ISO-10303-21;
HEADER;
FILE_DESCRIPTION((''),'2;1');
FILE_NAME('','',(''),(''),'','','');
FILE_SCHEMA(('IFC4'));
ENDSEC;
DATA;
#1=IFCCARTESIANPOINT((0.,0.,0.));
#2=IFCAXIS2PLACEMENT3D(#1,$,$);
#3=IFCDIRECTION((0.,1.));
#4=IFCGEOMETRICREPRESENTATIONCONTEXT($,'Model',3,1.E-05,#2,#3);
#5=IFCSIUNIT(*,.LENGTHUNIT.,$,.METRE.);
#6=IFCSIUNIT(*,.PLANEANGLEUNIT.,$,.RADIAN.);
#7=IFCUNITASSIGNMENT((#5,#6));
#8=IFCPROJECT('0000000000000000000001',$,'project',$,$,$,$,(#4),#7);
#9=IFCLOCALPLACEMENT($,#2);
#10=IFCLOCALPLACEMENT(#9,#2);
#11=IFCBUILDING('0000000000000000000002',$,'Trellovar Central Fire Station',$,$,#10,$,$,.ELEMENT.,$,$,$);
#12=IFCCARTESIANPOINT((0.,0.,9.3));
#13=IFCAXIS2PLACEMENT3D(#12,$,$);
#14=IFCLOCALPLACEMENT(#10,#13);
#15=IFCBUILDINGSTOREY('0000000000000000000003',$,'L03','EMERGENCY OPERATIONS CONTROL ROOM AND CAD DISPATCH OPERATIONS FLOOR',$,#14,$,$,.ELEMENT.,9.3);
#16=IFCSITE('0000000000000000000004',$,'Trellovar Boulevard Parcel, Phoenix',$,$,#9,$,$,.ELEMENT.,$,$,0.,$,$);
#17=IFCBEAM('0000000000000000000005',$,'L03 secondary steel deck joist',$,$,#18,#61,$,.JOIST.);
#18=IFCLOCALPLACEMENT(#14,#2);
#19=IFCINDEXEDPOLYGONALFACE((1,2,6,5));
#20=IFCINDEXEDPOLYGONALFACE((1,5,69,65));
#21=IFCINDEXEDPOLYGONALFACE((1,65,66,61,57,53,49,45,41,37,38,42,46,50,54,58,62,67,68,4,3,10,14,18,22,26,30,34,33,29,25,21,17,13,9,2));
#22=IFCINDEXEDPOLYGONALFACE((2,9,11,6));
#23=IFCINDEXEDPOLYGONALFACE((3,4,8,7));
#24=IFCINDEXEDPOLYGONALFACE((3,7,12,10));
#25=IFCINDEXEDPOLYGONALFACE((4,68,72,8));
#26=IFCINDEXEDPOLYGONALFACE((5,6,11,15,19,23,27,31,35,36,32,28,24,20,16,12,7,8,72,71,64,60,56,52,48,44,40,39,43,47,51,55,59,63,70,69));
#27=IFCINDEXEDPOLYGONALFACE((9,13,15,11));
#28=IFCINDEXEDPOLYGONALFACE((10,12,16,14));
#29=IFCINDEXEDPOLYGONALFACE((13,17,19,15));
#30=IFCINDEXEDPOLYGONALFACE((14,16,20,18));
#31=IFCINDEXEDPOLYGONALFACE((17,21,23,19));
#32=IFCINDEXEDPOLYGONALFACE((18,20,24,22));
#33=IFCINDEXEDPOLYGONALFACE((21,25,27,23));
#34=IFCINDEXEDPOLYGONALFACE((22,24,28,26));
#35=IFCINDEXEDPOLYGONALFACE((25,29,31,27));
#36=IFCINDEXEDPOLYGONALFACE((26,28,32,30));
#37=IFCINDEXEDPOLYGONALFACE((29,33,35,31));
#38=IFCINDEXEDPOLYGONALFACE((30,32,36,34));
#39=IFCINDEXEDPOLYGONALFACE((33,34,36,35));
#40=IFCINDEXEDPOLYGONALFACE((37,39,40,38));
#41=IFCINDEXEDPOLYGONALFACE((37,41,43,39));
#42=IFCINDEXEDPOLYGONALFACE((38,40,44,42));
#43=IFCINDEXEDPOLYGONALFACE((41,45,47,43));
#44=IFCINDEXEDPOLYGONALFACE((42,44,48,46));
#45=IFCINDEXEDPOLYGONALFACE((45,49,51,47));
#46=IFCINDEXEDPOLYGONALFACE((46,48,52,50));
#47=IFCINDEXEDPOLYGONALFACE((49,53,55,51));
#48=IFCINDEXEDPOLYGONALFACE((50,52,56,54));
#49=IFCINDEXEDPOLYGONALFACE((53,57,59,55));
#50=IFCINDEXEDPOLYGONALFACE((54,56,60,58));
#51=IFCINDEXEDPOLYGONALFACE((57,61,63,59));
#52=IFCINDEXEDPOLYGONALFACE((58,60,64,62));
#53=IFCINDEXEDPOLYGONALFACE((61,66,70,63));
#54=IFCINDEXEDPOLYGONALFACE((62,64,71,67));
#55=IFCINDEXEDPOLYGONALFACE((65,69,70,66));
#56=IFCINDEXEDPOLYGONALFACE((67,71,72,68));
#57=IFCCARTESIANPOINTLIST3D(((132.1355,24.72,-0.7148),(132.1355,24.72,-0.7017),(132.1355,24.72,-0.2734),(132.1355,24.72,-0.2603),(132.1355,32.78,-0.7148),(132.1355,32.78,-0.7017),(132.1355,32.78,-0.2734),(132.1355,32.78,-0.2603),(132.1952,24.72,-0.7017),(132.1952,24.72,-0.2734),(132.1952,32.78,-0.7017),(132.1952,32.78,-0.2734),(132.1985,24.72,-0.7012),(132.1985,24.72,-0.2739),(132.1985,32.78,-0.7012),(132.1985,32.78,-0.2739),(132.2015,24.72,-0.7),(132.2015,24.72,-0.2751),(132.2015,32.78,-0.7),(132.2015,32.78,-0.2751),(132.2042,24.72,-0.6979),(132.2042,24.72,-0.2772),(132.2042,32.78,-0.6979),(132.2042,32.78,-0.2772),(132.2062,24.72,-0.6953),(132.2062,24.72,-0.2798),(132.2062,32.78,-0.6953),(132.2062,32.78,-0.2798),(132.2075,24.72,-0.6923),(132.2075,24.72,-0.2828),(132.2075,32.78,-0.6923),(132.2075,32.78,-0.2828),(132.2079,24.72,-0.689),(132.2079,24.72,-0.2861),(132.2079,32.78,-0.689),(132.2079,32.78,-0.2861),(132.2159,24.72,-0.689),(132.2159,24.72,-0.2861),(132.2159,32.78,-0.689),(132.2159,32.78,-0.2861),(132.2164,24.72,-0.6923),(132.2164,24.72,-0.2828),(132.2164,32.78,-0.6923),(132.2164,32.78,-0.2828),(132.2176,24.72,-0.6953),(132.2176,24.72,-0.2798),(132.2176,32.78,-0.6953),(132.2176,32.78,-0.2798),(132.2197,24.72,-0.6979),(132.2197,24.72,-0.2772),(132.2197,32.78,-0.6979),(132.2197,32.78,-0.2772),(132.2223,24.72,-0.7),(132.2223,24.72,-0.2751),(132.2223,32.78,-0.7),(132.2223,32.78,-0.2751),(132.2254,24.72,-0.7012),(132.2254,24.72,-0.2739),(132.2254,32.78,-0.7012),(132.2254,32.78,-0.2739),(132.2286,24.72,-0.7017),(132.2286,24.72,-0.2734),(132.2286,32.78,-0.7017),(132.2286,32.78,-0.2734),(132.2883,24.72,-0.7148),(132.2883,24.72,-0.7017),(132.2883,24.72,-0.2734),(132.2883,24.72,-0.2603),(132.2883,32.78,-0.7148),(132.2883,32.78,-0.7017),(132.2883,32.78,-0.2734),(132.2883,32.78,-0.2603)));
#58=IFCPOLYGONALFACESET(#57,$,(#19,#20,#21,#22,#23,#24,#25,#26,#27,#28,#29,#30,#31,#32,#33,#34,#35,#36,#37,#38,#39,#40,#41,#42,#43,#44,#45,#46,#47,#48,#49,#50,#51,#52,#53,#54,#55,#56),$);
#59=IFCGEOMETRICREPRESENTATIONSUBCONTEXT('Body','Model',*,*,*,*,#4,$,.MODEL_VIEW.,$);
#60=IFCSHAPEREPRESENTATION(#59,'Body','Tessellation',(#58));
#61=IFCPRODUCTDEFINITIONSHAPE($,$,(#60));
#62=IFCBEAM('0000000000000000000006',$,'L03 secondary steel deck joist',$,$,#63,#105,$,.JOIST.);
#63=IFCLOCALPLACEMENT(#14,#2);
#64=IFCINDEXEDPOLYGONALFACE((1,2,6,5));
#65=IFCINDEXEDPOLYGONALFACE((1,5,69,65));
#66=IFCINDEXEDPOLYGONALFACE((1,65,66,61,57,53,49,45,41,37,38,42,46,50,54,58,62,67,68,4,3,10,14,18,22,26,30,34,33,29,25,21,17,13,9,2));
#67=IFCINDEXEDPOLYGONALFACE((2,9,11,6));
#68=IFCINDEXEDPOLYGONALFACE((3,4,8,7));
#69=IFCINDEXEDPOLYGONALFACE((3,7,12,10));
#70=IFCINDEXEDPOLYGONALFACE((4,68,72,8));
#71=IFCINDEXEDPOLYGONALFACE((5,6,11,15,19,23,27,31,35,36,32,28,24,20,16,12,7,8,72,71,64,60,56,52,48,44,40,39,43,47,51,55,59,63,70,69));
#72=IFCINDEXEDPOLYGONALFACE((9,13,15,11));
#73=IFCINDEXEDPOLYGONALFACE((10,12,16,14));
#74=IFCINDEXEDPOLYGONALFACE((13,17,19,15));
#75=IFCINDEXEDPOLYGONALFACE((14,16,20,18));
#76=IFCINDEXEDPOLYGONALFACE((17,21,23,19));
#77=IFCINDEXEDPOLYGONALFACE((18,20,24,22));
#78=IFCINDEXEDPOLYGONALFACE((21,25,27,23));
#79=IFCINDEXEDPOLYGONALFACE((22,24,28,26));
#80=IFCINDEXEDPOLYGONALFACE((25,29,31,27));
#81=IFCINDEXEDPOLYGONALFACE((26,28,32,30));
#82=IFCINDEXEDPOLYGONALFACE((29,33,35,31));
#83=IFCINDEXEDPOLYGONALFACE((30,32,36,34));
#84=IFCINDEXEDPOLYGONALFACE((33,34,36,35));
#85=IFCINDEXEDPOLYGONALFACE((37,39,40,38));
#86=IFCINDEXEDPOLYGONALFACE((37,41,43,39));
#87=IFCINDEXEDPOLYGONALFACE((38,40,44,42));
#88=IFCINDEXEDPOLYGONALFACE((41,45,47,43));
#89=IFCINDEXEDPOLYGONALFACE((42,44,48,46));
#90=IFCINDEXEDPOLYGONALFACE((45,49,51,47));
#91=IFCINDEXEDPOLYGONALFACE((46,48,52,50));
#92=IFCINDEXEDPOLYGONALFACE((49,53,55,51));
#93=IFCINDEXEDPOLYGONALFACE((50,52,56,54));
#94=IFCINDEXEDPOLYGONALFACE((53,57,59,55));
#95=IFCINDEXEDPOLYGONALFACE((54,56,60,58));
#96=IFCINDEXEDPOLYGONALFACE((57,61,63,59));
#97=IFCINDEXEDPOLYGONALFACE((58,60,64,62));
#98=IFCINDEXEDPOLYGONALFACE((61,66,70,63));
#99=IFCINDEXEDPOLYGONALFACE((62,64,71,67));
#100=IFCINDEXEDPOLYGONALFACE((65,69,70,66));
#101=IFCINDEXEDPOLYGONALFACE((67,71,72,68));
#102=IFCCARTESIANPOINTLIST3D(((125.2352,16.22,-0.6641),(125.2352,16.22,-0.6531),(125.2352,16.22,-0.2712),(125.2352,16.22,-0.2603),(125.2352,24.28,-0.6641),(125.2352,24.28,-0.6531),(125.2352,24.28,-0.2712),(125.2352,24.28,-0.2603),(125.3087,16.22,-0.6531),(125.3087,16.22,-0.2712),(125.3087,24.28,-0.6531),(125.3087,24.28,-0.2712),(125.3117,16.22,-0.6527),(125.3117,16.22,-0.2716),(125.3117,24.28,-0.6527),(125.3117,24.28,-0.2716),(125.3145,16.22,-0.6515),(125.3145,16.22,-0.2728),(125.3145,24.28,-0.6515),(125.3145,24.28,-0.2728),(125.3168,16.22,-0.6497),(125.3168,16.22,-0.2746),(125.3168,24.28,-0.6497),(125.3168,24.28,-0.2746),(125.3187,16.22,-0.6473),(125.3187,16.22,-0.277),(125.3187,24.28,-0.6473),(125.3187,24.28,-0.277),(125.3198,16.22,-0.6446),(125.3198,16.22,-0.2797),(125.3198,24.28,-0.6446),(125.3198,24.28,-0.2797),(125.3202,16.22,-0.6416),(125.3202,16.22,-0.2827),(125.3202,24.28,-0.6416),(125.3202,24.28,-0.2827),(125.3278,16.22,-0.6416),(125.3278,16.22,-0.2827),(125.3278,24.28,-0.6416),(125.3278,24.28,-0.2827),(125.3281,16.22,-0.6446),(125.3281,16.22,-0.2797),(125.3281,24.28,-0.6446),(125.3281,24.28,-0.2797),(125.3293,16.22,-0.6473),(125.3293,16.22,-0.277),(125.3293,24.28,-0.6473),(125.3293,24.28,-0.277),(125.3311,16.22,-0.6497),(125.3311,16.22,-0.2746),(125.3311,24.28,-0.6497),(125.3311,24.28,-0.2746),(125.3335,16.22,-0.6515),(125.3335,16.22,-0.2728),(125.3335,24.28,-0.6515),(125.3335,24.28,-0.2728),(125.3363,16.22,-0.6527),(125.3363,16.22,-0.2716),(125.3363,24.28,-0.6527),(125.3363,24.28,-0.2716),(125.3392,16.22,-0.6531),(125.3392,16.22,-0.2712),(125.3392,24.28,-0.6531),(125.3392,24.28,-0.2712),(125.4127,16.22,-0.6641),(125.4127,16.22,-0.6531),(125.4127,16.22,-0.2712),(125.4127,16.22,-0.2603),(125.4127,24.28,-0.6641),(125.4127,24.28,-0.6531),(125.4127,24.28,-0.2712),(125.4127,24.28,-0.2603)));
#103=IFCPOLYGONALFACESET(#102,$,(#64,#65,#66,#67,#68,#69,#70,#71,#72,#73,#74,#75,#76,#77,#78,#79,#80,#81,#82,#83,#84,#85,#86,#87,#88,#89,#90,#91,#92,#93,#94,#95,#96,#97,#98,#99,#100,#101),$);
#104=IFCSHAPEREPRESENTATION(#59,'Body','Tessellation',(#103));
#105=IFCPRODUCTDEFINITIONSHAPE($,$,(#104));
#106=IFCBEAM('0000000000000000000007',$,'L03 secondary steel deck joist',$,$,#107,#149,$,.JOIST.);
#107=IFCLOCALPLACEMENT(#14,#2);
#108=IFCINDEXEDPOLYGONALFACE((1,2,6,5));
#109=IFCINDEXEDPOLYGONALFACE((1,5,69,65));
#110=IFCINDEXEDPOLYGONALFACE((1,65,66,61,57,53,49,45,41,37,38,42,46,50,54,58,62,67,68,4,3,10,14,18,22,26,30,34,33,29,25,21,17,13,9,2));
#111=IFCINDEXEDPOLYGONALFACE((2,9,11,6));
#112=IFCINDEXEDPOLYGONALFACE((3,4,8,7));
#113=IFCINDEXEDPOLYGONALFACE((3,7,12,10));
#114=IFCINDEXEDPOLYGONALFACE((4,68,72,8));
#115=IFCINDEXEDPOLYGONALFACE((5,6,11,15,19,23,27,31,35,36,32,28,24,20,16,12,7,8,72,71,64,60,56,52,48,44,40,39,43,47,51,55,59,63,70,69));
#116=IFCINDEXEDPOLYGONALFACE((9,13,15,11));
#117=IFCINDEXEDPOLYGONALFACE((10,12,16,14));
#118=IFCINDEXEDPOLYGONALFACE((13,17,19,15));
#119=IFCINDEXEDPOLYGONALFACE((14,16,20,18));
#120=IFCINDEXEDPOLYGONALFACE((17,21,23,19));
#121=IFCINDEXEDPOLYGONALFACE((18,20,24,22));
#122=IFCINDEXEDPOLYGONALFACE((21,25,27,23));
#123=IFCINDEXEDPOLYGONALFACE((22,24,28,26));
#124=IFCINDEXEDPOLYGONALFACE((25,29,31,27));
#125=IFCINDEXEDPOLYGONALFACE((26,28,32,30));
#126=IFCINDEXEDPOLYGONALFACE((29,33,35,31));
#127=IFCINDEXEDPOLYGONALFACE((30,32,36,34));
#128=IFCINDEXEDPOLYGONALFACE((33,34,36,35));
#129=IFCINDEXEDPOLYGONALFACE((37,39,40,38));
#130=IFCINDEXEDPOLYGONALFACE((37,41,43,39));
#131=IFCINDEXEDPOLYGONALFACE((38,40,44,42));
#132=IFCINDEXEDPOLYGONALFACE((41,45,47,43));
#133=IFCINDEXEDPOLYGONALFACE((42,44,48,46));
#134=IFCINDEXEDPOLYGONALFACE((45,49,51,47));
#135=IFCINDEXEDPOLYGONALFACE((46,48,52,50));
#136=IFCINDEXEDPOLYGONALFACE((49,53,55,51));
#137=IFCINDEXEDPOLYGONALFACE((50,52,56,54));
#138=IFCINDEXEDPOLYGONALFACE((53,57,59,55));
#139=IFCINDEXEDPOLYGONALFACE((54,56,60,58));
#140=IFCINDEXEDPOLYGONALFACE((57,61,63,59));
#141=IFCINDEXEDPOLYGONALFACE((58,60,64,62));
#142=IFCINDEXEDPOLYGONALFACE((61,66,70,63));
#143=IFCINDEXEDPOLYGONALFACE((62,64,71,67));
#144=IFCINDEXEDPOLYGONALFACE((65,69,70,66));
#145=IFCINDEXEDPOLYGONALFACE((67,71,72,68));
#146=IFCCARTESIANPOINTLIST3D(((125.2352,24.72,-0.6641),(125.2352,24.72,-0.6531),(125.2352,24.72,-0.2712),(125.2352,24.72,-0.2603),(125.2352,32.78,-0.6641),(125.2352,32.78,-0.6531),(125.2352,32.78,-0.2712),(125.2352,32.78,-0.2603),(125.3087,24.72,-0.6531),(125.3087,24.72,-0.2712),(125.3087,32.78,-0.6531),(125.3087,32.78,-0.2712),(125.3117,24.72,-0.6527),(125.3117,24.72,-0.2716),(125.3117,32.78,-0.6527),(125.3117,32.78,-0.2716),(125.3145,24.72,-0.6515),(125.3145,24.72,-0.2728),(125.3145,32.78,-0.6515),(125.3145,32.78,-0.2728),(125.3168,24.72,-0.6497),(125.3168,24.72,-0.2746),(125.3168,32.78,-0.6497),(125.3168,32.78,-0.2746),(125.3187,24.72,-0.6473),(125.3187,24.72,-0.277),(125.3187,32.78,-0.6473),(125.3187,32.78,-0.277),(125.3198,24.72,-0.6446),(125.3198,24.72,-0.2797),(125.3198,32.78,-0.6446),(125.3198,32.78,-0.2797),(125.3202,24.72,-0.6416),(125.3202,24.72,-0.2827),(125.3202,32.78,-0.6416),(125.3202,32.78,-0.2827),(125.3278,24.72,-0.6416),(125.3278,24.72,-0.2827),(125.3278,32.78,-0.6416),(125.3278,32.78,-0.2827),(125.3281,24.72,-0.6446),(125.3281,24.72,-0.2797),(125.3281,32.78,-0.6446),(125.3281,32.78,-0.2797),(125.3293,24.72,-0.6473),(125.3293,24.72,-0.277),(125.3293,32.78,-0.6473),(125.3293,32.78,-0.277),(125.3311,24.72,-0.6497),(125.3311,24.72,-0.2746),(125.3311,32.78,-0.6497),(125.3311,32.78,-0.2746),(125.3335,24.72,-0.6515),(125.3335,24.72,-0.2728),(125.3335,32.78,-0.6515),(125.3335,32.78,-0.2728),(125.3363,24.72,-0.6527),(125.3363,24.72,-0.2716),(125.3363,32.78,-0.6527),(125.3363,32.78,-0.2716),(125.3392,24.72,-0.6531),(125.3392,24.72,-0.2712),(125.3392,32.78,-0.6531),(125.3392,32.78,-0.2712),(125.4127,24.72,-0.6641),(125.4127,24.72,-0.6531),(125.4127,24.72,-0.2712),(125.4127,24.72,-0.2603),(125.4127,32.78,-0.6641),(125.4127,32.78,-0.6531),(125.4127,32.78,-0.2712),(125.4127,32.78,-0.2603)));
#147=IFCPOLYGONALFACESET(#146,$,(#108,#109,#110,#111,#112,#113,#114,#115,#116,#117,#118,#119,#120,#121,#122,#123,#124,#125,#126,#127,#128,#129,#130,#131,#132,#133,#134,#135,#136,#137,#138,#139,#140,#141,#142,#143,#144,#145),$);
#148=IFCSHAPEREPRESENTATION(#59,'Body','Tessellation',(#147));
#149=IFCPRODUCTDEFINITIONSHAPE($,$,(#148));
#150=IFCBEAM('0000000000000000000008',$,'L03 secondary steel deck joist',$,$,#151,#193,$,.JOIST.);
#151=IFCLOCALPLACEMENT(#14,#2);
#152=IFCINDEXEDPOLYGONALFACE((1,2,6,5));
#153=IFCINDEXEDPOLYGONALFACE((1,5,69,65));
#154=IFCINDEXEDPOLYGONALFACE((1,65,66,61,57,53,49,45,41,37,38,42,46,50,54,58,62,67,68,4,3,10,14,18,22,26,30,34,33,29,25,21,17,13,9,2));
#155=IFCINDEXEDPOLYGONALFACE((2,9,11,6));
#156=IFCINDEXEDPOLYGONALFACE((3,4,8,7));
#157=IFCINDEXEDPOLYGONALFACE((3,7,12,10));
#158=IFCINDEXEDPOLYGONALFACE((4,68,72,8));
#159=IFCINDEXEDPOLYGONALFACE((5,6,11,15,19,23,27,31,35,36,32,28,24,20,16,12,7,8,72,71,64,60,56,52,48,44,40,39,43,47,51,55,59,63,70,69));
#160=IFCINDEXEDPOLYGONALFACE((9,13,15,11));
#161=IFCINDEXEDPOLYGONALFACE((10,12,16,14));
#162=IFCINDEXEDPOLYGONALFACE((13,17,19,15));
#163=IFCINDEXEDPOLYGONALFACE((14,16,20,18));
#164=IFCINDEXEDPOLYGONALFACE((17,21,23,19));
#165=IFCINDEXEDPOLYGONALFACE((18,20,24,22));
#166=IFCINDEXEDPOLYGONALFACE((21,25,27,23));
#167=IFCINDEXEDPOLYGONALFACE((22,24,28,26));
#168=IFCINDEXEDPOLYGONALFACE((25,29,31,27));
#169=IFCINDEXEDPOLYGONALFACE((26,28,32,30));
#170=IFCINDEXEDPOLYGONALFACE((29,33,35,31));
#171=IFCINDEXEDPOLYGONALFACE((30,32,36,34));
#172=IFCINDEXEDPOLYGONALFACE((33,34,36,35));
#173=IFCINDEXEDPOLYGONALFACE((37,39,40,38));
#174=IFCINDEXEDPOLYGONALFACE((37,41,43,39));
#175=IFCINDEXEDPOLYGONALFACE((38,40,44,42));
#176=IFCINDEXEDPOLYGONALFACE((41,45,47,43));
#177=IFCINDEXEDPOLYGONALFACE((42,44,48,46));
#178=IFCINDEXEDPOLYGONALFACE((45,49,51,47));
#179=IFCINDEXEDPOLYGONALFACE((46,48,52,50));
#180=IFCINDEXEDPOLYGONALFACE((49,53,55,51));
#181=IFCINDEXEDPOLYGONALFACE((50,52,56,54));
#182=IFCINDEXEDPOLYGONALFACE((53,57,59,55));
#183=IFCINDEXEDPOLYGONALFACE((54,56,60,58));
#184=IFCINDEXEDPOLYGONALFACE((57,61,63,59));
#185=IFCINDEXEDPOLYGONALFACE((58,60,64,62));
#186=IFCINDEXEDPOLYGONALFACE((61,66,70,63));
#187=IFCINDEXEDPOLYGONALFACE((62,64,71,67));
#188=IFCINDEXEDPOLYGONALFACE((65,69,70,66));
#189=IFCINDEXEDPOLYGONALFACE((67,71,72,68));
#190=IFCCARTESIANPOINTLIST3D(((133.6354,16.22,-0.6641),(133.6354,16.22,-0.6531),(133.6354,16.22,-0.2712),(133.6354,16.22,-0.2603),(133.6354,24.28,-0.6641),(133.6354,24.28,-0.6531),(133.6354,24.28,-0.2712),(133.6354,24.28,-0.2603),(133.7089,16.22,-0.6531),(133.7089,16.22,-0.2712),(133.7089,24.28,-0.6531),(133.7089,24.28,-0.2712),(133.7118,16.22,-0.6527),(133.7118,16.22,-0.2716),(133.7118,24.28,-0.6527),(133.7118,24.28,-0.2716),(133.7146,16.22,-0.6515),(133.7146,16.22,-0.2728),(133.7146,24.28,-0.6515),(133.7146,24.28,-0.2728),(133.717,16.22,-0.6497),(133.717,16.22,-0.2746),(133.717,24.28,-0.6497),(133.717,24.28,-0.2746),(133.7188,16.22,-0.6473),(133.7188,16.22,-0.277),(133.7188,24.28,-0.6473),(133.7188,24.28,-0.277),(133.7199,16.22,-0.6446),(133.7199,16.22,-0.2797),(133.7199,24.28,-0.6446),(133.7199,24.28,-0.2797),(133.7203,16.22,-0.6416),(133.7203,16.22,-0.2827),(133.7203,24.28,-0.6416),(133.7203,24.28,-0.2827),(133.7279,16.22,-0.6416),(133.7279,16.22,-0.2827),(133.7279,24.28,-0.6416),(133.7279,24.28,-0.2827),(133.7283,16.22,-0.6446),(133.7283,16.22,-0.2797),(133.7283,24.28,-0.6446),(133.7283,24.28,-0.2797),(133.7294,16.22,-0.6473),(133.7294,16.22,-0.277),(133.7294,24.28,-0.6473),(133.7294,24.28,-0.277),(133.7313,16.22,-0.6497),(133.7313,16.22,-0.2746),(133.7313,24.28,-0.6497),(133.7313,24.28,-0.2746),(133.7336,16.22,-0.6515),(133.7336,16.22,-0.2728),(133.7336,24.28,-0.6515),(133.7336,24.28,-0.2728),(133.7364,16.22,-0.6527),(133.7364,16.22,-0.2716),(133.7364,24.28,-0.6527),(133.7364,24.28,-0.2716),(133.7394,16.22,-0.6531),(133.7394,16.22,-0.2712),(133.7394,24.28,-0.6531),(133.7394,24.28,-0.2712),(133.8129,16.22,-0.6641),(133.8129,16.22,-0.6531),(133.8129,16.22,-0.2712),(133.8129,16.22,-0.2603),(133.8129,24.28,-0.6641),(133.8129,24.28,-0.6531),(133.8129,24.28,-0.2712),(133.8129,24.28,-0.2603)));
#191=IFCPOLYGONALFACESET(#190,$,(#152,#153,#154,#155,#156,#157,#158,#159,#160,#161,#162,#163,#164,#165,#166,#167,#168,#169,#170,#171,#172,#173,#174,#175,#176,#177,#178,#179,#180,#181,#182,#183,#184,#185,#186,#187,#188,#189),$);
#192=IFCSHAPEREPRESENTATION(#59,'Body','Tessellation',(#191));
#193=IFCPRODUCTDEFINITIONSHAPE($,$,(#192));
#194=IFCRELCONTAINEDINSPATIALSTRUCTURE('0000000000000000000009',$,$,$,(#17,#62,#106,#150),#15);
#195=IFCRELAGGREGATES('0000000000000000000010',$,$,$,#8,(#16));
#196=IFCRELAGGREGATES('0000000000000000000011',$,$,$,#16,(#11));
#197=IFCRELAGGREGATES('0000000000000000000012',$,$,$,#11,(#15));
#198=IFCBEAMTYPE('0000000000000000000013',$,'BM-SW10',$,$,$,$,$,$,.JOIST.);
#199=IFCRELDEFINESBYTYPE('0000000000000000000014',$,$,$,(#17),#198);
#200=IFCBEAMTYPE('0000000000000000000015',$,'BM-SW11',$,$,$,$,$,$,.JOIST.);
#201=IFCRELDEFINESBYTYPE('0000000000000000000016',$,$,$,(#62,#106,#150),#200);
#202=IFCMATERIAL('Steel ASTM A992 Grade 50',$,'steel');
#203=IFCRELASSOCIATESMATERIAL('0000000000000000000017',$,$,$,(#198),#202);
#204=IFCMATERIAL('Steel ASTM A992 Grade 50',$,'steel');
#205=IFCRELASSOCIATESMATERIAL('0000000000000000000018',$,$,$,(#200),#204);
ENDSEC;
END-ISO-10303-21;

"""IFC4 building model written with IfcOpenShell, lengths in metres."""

from ifc_helpers import new_model, si_unit, direction, frame, origin, origin_2d, place, context, subcontext, project, spatial, i_section, extrude, material, material_profile, profile_set, type_object, element, save


model = new_model("IFC4")

# Units and contexts
model_context = context("Model", 3, precision=1e-05, world=origin(), true_north=direction((0.0, 1.0)))
body_context = subcontext(model_context, "Body", "Model", "MODEL_VIEW")
ifc_project = project(units=[si_unit("LENGTHUNIT", "METRE"), si_unit("PLANEANGLEUNIT", "RADIAN")], contexts=[model_context])

# Site, building, storey
site_placement = place(None, origin())
site = spatial("IfcSite", under=ifc_project, at=site_placement, Name="Trellovar Boulevard Parcel, Phoenix", CompositionType="ELEMENT", RefElevation=0.0)
building_placement = place(site_placement, origin())
building = spatial("IfcBuilding", under=site, at=building_placement, Name="Trellovar Central Fire Station", CompositionType="ELEMENT")
storey_placement = place(building_placement, frame((0.0, 0.0, 9.3)))
storey = spatial("IfcBuildingStorey", under=building, at=storey_placement, Name="L03", Description="EMERGENCY OPERATIONS CONTROL ROOM AND CAD DISPATCH OPERATIONS FLOOR", CompositionType="ELEMENT", Elevation=9.3)

# Beams
ifc_material_1 = material(Name="Steel ASTM A992 Grade 50", Category="steel")
ifc_material_profile_1 = material_profile(ifc_material_1, i_section(OverallWidth=0.1528, OverallDepth=0.4546, WebThickness=0.0081, FlangeThickness=0.0132, FilletRadius=0.0127, at=origin_2d()), Name="W18X40")
ifc_profile_set_1 = profile_set([ifc_material_profile_1], Name="Steel ASTM A992 Grade 50")
beam_type_1 = type_object("IfcBeamType", Name="BM-SW10", PredefinedType="JOIST", material=ifc_profile_set_1)
for number, where, z_axis, x_axis, name in (
    (1, (132.2119, 24.72, -0.4875), (0.0, 1.0, 0.0), (-1.0, 0.0, 0.0), "L03 secondary steel deck joist"),
):
    element("IfcBeam", number, at=place(storey_placement, frame(where, z_axis=z_axis, x_axis=x_axis)), inside=storey, type_object=beam_type_1, Name=name, PredefinedType="JOIST", context=body_context, shape_type="SweptSolid", body=[
        extrude(i_section(OverallWidth=0.1528, OverallDepth=0.4546, WebThickness=0.0081, FlangeThickness=0.0132, FilletRadius=0.0127, at=origin_2d()), origin(), (0.0, 0.0, 1.0), 8.0601),
    ])
ifc_material_2 = material(Name="Steel ASTM A992 Grade 50", Category="steel")
ifc_material_profile_2 = material_profile(ifc_material_2, i_section(OverallWidth=0.1775, OverallDepth=0.4038, WebThickness=0.0076, FlangeThickness=0.011, FilletRadius=0.0115, at=origin_2d()), Name="W16X36")
ifc_profile_set_2 = profile_set([ifc_material_profile_2], Name="Steel ASTM A992 Grade 50")
beam_type_2 = type_object("IfcBeamType", Name="BM-SW11", PredefinedType="JOIST", material=ifc_profile_set_2)
for number, where, z_axis, x_axis, name in (
    (2, (125.324, 16.22, -0.4622), (0.0, 1.0, 0.0), (-1.0, 0.0, 0.0), "L03 secondary steel deck joist"),
    (3, (125.324, 24.72, -0.4622), (0.0, 1.0, 0.0), (-1.0, 0.0, 0.0), "L03 secondary steel deck joist"),
    (4, (133.7241, 16.22, -0.4622), (0.0, 1.0, 0.0), (-1.0, 0.0, 0.0), "L03 secondary steel deck joist"),
):
    element("IfcBeam", number, at=place(storey_placement, frame(where, z_axis=z_axis, x_axis=x_axis)), inside=storey, type_object=beam_type_2, Name=name, PredefinedType="JOIST", context=body_context, shape_type="SweptSolid", body=[
        extrude(i_section(OverallWidth=0.1775, OverallDepth=0.4038, WebThickness=0.0076, FlangeThickness=0.011, FilletRadius=0.0115, at=origin_2d()), origin(), (0.0, 0.0, 1.0), 8.0601),
    ])

save(model, "model.ifc")
